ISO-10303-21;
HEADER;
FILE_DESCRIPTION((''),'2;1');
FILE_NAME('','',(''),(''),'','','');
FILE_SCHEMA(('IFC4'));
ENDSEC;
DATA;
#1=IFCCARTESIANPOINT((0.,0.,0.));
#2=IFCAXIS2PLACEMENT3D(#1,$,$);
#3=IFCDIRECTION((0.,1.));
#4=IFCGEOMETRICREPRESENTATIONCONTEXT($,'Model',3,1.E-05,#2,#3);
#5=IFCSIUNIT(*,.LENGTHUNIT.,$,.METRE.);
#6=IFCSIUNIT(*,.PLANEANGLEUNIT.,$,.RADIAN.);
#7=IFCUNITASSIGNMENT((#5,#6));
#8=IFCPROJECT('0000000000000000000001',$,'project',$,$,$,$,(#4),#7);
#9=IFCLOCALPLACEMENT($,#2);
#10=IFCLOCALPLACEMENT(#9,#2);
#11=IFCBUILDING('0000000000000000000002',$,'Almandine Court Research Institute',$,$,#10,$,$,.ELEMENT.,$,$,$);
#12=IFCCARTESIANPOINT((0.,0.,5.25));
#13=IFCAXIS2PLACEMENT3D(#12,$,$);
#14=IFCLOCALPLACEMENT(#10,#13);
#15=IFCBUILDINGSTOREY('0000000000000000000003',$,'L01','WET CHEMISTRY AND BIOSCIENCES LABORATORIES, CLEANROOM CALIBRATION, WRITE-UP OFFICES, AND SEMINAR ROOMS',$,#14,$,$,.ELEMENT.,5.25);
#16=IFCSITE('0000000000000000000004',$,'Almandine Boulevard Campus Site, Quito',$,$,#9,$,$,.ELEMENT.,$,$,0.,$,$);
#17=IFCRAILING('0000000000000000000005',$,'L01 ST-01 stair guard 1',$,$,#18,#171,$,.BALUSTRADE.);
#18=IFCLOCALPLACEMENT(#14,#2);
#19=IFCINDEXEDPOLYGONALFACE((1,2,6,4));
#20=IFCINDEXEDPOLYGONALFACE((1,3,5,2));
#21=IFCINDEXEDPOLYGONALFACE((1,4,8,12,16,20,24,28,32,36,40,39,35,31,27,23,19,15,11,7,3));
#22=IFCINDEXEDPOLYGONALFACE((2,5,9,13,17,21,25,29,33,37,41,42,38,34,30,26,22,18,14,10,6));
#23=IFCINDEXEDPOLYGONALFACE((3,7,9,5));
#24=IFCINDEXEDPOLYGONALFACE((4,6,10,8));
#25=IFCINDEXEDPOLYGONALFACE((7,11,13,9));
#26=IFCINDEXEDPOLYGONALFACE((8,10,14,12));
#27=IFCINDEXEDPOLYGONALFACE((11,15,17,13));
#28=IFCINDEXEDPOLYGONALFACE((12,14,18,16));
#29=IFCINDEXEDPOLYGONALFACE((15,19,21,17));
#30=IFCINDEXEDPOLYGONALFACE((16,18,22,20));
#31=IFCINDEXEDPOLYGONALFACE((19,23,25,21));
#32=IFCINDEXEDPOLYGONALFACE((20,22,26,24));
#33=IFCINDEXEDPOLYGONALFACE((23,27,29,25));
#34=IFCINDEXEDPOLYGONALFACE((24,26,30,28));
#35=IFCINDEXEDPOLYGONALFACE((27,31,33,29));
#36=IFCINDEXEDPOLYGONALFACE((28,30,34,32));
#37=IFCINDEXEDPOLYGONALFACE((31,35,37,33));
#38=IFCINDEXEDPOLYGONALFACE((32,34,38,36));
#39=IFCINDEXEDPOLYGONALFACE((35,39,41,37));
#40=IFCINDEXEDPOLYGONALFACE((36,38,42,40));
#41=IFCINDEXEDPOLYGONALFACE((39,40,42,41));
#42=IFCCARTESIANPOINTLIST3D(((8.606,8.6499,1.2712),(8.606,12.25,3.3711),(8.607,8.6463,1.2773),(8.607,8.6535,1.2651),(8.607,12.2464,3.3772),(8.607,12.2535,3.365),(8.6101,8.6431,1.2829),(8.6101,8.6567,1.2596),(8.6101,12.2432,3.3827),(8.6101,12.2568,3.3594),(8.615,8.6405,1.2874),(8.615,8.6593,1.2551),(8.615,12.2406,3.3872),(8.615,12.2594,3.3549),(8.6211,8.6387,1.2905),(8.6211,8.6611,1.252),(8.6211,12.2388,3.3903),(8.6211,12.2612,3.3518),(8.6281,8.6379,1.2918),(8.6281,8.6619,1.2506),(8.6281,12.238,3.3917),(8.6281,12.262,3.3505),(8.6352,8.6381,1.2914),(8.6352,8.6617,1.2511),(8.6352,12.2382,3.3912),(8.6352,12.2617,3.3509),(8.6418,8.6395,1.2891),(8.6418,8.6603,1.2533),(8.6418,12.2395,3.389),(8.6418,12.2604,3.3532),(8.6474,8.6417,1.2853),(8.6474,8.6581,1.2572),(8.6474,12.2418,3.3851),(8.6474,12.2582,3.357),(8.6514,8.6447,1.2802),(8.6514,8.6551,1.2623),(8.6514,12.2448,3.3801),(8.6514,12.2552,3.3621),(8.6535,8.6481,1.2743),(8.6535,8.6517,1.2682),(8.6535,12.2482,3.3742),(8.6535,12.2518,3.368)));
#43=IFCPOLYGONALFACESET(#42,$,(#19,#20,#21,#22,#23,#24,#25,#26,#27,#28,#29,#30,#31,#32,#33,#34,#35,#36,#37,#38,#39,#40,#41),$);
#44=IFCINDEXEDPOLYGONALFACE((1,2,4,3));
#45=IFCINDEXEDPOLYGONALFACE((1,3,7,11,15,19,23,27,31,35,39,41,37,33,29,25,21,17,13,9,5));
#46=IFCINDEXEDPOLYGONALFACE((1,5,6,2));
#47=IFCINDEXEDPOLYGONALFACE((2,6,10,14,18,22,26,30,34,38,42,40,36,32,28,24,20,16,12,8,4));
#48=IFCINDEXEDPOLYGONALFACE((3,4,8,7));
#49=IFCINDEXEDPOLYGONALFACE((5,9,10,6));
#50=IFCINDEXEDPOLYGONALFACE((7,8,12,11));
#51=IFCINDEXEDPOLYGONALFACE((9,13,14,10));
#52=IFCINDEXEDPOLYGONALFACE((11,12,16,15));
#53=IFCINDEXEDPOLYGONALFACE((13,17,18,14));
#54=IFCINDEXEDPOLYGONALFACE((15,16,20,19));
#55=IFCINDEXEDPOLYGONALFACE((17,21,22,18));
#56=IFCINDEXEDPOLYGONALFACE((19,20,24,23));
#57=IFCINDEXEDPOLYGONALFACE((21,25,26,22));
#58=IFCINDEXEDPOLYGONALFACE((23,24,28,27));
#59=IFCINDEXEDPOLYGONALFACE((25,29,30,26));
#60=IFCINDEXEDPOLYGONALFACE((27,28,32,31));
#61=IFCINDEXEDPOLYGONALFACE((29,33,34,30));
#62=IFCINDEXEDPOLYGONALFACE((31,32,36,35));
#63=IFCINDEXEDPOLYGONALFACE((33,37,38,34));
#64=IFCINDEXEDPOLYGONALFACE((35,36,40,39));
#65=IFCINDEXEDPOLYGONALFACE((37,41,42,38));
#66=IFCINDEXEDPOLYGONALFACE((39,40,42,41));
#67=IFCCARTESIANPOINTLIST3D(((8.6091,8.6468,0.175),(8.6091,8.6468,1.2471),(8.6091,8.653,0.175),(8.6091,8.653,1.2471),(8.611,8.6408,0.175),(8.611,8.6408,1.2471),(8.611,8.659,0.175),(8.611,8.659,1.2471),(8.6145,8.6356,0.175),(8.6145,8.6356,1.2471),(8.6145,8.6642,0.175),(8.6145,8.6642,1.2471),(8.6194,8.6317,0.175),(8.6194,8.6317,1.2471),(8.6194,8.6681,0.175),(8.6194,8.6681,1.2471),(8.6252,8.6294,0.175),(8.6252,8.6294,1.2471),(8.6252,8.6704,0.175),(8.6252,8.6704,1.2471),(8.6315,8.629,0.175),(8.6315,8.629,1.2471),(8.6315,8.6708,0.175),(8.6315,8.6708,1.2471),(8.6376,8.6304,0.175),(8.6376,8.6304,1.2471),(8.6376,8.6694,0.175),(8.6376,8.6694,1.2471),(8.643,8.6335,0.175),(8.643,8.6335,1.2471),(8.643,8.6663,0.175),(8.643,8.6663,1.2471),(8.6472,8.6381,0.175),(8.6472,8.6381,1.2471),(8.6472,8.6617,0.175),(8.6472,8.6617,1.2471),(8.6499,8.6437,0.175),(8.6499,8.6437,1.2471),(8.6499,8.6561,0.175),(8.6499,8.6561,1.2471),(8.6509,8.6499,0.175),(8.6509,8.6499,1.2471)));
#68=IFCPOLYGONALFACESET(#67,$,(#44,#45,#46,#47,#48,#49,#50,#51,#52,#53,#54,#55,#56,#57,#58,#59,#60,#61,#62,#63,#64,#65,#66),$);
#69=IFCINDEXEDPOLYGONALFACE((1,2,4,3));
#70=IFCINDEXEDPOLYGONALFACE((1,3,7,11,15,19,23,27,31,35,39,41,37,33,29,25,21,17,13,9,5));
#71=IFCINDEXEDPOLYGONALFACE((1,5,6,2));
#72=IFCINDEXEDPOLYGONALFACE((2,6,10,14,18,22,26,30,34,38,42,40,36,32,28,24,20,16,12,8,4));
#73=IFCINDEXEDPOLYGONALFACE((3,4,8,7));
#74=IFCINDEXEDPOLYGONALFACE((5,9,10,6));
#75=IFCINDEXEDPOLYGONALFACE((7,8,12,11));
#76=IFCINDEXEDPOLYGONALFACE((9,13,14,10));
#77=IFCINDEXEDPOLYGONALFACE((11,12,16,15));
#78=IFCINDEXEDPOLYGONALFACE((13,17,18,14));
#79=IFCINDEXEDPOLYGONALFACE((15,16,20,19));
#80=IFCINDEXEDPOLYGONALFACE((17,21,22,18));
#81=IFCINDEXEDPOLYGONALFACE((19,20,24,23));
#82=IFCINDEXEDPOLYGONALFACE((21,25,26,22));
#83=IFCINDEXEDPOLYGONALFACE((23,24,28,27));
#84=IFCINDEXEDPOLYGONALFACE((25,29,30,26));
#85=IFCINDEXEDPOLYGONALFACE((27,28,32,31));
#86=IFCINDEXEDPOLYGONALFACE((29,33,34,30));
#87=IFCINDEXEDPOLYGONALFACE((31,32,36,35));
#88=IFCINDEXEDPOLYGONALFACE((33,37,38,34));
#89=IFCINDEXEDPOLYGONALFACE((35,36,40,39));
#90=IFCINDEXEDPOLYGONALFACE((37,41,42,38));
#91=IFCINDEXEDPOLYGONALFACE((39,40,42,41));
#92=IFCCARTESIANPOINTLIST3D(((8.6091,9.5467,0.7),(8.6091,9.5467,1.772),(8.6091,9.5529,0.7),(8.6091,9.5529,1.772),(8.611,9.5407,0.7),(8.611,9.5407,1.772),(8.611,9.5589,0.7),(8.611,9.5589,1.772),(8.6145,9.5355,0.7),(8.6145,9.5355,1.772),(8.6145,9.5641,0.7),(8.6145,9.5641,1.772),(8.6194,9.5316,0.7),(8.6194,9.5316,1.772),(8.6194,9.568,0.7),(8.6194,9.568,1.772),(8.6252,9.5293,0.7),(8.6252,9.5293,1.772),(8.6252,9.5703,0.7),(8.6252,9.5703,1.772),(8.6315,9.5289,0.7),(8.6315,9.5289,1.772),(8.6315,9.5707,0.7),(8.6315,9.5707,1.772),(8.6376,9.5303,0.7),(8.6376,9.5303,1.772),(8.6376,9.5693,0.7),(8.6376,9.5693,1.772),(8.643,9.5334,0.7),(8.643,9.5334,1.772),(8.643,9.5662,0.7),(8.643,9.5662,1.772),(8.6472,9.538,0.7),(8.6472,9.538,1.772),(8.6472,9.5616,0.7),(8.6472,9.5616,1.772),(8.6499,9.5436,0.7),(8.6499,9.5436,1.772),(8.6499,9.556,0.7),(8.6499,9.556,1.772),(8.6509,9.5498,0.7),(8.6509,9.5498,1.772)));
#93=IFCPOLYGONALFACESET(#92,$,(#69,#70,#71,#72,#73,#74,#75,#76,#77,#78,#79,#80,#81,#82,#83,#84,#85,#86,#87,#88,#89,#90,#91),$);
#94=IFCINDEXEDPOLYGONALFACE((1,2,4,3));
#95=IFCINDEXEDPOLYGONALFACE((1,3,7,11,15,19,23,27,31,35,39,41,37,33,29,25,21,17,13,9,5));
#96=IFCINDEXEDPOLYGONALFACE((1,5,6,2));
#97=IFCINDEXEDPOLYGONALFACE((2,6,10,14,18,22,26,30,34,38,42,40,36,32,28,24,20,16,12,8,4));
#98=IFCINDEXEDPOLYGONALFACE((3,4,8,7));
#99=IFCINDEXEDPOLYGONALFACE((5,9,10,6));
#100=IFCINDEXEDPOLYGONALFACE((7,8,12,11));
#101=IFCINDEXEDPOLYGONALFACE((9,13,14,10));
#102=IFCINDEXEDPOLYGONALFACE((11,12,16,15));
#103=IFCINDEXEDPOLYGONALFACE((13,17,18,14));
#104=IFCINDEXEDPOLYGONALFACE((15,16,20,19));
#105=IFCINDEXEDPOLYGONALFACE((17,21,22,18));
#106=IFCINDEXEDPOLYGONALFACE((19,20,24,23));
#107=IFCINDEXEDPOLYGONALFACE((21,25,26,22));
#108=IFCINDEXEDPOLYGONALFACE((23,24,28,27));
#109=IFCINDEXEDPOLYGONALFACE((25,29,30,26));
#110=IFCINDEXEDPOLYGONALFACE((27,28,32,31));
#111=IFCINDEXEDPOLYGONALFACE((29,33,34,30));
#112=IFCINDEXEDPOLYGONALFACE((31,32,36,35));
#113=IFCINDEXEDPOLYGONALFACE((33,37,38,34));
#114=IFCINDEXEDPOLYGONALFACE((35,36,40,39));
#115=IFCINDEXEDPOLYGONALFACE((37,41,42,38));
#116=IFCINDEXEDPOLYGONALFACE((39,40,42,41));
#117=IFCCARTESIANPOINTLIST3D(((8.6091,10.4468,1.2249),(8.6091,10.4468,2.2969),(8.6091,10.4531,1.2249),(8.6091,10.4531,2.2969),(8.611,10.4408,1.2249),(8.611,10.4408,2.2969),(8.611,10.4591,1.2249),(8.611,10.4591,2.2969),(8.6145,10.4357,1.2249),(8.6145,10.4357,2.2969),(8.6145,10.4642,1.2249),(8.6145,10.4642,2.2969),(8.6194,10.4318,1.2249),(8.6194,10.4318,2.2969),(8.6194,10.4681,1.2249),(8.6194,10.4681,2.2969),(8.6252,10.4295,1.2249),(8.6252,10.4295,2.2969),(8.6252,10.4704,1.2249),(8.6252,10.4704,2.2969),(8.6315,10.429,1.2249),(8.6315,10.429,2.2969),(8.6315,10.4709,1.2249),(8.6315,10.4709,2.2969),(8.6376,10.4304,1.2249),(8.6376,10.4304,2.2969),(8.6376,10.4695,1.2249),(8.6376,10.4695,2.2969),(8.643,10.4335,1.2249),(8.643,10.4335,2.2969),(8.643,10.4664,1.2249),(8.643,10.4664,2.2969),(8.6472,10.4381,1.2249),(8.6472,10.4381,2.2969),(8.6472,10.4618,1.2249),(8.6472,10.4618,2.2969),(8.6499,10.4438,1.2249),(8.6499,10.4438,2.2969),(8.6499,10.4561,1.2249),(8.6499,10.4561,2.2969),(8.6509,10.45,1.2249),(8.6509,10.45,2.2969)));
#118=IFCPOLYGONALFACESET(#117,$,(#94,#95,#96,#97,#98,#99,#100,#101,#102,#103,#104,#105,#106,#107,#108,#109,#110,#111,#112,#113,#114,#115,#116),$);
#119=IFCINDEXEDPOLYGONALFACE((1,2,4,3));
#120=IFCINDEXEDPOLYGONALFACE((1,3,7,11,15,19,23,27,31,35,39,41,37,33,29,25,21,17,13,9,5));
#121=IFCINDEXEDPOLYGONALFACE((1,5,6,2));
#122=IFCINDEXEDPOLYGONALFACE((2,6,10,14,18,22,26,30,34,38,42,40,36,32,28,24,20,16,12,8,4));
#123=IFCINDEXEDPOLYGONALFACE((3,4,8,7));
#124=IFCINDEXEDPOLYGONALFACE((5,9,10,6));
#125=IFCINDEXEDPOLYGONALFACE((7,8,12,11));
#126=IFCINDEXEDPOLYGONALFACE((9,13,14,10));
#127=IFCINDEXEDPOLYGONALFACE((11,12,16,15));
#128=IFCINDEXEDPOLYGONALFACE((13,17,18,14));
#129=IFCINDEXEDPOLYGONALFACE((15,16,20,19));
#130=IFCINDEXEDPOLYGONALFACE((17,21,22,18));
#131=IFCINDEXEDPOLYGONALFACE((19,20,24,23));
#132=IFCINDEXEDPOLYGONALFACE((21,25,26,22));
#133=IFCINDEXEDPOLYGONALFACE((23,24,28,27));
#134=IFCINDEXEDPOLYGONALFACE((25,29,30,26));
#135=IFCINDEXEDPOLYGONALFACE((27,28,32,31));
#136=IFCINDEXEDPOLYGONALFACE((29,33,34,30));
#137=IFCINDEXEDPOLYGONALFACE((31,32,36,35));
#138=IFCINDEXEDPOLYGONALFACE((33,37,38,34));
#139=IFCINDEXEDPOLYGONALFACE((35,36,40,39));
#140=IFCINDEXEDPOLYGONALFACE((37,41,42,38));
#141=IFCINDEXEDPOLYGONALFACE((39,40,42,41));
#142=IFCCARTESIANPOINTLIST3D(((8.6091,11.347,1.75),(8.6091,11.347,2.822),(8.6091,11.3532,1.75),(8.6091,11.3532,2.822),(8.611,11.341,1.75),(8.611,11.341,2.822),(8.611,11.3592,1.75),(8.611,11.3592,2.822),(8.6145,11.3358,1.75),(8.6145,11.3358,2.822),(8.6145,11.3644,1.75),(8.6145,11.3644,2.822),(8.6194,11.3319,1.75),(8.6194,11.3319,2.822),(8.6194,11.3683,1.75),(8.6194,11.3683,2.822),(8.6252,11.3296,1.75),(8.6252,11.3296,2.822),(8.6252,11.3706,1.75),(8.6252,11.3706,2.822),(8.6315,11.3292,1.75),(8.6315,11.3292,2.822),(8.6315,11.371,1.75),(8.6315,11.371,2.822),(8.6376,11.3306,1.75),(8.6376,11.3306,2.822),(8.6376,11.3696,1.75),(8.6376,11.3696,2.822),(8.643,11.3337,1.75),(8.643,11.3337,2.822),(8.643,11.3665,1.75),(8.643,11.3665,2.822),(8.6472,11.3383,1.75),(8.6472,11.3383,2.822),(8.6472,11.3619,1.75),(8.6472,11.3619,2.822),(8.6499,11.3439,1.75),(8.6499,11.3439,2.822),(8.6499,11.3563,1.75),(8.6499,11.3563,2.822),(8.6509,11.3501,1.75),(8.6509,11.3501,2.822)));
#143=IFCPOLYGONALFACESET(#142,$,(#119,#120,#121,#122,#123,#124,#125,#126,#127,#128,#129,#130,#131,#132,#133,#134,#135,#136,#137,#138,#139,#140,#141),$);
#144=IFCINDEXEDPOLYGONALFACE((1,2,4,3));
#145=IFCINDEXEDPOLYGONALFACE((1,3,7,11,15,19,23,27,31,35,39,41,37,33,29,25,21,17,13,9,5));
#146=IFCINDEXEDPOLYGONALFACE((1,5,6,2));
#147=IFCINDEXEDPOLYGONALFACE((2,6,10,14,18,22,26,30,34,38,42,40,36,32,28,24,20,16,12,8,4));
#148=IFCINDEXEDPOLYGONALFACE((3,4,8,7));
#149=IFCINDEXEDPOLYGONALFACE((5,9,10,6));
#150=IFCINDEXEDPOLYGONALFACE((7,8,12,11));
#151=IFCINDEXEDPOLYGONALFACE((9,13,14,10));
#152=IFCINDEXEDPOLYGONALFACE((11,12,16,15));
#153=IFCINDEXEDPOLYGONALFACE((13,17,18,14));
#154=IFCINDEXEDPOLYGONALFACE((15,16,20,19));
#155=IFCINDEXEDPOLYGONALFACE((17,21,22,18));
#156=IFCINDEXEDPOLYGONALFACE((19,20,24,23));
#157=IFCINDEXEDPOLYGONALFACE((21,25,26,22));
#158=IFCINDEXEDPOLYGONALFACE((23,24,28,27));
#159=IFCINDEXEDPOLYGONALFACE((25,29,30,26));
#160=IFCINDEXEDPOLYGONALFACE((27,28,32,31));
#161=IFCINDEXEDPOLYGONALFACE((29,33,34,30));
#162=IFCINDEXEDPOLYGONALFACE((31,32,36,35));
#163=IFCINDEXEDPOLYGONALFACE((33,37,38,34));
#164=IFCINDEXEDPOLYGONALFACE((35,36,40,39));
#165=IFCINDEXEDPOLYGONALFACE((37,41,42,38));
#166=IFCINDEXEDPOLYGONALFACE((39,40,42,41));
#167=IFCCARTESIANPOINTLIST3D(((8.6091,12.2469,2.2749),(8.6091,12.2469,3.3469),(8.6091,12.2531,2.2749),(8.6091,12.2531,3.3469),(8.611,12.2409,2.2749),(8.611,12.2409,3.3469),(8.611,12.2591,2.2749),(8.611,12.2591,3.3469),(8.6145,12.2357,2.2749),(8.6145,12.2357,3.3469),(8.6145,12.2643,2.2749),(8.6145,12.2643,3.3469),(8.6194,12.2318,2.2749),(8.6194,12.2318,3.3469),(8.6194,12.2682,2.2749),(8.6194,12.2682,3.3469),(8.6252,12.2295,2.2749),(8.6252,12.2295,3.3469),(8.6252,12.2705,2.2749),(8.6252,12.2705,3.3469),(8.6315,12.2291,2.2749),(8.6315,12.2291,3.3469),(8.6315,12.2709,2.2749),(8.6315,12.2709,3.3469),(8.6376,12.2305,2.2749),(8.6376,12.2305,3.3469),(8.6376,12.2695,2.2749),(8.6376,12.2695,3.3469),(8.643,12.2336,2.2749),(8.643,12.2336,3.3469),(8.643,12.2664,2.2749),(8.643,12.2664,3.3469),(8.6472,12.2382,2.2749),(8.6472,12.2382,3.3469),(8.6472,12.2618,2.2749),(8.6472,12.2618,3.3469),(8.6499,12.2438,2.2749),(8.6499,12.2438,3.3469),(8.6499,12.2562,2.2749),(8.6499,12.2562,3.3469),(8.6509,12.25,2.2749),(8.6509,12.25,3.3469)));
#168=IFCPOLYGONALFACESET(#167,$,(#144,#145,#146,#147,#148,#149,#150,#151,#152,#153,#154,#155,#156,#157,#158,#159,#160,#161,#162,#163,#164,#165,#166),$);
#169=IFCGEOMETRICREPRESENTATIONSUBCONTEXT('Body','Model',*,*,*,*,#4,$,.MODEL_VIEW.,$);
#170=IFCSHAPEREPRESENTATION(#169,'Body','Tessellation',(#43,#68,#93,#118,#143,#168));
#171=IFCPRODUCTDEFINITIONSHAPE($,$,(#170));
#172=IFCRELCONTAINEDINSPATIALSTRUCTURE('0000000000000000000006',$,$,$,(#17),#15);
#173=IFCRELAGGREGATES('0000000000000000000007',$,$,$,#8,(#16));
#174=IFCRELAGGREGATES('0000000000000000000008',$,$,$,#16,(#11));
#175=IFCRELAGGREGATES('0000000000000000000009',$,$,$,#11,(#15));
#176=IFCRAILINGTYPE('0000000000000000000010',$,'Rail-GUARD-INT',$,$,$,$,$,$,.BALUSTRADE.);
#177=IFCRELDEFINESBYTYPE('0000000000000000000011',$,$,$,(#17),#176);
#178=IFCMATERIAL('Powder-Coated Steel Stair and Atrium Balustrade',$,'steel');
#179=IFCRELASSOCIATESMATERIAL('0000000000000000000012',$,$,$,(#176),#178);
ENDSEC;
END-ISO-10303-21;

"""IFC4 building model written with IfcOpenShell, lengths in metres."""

from ifc_helpers import new_model, si_unit, direction, frame, origin, origin_2d, place, context, subcontext, project, spatial, circle, extrude, material, type_object, element, save


model = new_model("IFC4")

# Units and contexts
model_context = context("Model", 3, precision=1e-05, world=origin(), true_north=direction((0.0, 1.0)))
body_context = subcontext(model_context, "Body", "Model", "MODEL_VIEW")
ifc_project = project(units=[si_unit("LENGTHUNIT", "METRE"), si_unit("PLANEANGLEUNIT", "RADIAN")], contexts=[model_context])

# Site, building, storey
site_placement = place(None, origin())
site = spatial("IfcSite", under=ifc_project, at=site_placement, Name="Almandine Boulevard Campus Site, Quito", CompositionType="ELEMENT", RefElevation=0.0)
building_placement = place(site_placement, origin())
building = spatial("IfcBuilding", under=site, at=building_placement, Name="Almandine Court Research Institute", CompositionType="ELEMENT")
storey_placement = place(building_placement, frame((0.0, 0.0, 5.25)))
storey = spatial("IfcBuildingStorey", under=building, at=storey_placement, Name="L01", Description="WET CHEMISTRY AND BIOSCIENCES LABORATORIES, CLEANROOM CALIBRATION, WRITE-UP OFFICES, AND SEMINAR ROOMS", CompositionType="ELEMENT", Elevation=5.25)

# Railing
ifc_material_1 = material(Name="Powder-Coated Steel Stair and Atrium Balustrade", Category="steel")
railing_type_1 = type_object("IfcRailingType", Name="Rail-GUARD-INT", PredefinedType="BALUSTRADE", material=ifc_material_1)
railing_1_placement = place(storey_placement, frame((8.6299, 8.6499, 0.175)))
element("IfcRailing", 1, at=railing_1_placement, inside=storey, type_object=railing_type_1, Name="L01 ST-01 stair guard 1", PredefinedType="BALUSTRADE", context=body_context, shape_type="SweptSolid", body=[
    extrude(circle(Radius=0.0239, at=origin_2d()), frame((0.0, 0.0, 1.0962), z_axis=(0.0, 0.8638, 0.503835), x_axis=(-1.0, 0.0, 0.0)), (0.0, 0.0, 1.0), 4.1677),
    extrude(circle(Radius=0.021, at=origin_2d()), origin(), (0.0, 0.0, 1.0), 1.072),
    extrude(circle(Radius=0.021, at=origin_2d()), frame((0.0, 0.8999, 0.5249)), (0.0, 0.0, 1.0), 1.072),
    extrude(circle(Radius=0.021, at=origin_2d()), frame((0.0, 1.8, 1.0498)), (0.0, 0.0, 1.0), 1.072),
    extrude(circle(Radius=0.021, at=origin_2d()), frame((0.0, 2.7002, 1.575)), (0.0, 0.0, 1.0), 1.072),
    extrude(circle(Radius=0.021, at=origin_2d()), frame((0.0, 3.6001, 2.0999)), (0.0, 0.0, 1.0), 1.072),
])

save(model, "model.ifc")
